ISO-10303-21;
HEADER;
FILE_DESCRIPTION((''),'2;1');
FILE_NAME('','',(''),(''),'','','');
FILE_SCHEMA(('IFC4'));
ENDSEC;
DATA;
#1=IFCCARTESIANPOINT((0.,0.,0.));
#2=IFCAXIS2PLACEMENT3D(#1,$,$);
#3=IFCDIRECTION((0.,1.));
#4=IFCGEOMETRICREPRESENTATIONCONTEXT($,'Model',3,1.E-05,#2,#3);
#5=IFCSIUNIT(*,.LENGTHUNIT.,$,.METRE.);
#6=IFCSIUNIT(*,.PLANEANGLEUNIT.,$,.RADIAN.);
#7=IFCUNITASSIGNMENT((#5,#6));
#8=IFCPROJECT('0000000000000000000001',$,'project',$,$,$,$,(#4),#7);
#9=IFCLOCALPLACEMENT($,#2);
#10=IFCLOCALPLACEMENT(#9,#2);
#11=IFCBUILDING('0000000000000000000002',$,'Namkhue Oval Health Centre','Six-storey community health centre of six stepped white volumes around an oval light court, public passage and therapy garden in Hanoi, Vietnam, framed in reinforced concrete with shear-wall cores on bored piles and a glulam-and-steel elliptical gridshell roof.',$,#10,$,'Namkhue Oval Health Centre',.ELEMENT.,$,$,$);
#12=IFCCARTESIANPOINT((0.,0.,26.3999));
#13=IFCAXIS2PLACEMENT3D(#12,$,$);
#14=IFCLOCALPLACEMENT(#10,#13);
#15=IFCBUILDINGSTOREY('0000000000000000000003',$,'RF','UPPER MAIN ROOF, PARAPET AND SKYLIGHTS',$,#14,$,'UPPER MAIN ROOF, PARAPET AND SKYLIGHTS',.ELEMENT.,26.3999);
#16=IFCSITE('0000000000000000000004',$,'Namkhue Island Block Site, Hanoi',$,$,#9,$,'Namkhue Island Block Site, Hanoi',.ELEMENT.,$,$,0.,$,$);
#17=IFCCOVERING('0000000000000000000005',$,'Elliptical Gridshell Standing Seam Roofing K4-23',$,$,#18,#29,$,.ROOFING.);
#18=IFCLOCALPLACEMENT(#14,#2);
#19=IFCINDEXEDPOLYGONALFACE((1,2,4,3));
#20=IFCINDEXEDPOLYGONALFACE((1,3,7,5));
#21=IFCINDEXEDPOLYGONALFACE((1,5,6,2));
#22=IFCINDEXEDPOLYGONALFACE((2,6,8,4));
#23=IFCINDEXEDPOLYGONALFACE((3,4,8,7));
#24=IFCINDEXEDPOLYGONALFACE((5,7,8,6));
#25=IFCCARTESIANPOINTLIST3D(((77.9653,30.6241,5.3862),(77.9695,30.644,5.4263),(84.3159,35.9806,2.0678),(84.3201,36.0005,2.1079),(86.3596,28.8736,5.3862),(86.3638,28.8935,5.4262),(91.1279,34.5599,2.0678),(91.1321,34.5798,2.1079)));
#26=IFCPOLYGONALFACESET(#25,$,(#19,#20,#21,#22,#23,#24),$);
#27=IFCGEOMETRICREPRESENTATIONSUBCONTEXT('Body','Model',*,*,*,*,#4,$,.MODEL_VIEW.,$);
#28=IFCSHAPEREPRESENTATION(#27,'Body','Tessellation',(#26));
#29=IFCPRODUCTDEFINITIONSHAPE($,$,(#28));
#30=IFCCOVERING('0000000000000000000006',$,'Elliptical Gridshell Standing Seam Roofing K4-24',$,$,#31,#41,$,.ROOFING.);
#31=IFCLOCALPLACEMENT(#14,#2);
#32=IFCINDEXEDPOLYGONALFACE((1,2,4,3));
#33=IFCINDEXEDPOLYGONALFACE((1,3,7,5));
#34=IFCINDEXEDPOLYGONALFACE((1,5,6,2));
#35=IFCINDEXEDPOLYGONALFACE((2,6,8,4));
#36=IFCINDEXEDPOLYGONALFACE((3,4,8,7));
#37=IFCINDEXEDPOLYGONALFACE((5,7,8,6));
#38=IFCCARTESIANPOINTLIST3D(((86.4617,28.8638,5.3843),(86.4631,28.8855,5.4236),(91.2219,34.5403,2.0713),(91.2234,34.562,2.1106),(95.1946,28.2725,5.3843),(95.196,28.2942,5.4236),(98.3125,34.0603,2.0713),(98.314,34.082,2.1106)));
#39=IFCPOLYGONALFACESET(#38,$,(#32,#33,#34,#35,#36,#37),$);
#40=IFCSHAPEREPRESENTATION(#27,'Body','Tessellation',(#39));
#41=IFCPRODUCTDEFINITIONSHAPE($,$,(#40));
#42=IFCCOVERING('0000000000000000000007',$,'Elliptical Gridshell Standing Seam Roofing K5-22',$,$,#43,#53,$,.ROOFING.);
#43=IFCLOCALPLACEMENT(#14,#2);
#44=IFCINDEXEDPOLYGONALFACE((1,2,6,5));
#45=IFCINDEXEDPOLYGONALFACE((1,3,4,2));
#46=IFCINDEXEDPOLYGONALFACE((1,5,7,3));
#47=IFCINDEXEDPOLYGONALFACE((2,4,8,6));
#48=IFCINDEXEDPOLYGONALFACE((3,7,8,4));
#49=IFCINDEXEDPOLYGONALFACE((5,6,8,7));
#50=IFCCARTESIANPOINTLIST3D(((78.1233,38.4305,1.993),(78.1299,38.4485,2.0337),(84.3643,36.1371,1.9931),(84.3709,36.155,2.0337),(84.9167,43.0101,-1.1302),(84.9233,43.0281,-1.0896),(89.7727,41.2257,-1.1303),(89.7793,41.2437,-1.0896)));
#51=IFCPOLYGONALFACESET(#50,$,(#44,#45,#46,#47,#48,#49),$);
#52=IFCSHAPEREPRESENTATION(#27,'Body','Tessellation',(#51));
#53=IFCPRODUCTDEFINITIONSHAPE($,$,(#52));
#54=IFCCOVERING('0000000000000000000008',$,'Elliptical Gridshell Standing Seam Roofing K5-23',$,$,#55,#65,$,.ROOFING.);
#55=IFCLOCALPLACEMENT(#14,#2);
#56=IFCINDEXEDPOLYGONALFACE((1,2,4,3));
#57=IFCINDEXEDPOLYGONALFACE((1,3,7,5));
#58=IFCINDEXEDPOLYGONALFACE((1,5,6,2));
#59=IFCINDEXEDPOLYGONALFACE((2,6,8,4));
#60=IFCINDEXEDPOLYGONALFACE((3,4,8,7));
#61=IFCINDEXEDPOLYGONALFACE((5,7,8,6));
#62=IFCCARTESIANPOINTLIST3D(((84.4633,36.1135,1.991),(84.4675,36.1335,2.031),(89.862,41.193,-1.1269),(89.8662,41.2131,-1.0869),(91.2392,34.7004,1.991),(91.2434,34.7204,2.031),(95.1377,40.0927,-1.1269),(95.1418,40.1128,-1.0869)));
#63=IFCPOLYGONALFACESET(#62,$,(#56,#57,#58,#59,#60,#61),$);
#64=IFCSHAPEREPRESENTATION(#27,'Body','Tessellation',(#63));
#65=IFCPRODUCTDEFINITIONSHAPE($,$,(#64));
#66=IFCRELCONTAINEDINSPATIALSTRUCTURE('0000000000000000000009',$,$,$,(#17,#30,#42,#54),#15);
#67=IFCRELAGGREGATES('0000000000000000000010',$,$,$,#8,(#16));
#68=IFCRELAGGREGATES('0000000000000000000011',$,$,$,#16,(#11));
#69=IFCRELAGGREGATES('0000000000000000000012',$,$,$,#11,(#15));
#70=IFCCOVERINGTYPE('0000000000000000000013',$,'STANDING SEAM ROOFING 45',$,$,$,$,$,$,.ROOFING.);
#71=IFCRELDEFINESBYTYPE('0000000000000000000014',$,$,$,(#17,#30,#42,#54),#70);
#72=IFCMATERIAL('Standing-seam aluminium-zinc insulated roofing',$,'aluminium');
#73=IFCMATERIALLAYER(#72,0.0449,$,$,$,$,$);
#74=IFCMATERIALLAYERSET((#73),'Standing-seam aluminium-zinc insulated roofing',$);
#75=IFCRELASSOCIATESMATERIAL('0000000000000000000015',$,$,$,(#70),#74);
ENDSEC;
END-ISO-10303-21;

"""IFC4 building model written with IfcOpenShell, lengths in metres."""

from ifc_helpers import new_model, si_unit, direction, frame, origin, place, context, subcontext, project, spatial, polyline, outline, extrude, material, layer, layer_set, type_object, element, save


model = new_model("IFC4")

# Units and contexts
model_context = context("Model", 3, precision=1e-05, world=origin(), true_north=direction((0.0, 1.0)))
body_context = subcontext(model_context, "Body", "Model", "MODEL_VIEW")
ifc_project = project(units=[si_unit("LENGTHUNIT", "METRE"), si_unit("PLANEANGLEUNIT", "RADIAN")], contexts=[model_context])

# Site, building, storey
site_placement = place(None, origin())
site = spatial("IfcSite", under=ifc_project, at=site_placement, Name="Namkhue Island Block Site, Hanoi", LongName="Namkhue Island Block Site, Hanoi", CompositionType="ELEMENT", RefElevation=0.0)
building_placement = place(site_placement, origin())
building = spatial("IfcBuilding", under=site, at=building_placement, Name="Namkhue Oval Health Centre", Description="Six-storey community health centre of six stepped white volumes around an oval light court, public passage and therapy garden in Hanoi, Vietnam, framed in reinforced concrete with shear-wall cores on bored piles and a glulam-and-steel elliptical gridshell roof.", LongName="Namkhue Oval Health Centre", CompositionType="ELEMENT")
storey_placement = place(building_placement, frame((0.0, 0.0, 26.3999)))
storey = spatial("IfcBuildingStorey", under=building, at=storey_placement, Name="RF", Description="UPPER MAIN ROOF, PARAPET AND SKYLIGHTS", LongName="UPPER MAIN ROOF, PARAPET AND SKYLIGHTS", CompositionType="ELEMENT", Elevation=26.3999)

# Coverings
ifc_material_1 = material(Name="Standing-seam aluminium-zinc insulated roofing", Category="aluminium")
ifc_layer_1 = layer(ifc_material_1, 0.0449)
ifc_layer_set_1 = layer_set([ifc_layer_1], Name="Standing-seam aluminium-zinc insulated roofing")
covering_type_1 = type_object("IfcCoveringType", Name="STANDING SEAM ROOFING 45", PredefinedType="ROOFING", material=ifc_layer_set_1)
covering_1_placement = place(storey_placement, frame((77.9695, 30.644, 5.4263), z_axis=(0.092373, 0.44295, 0.891775), x_axis=(0.978941, -0.204143, -0.000003)))
element("IfcCovering", 1, at=covering_1_placement, inside=storey, type_object=covering_type_1, Name="Elliptical Gridshell Standing Seam Roofing K4-23", PredefinedType="ROOFING", context=body_context, shape_type="SweptSolid", body=[
    extrude(outline(polyline([(0.0, 0.0), (8.5749, 0.0), (12.082, 7.3336), (5.1234, 7.3338), (0.0, 0.0)])), origin(), (0.0, 0.0, -1.0), 0.0449),
])
covering_2_placement = place(storey_placement, frame((86.4631, 28.8855, 5.4236), z_axis=(0.032713, 0.483184, 0.874907), x_axis=(0.997716, -0.067554, 0.000003)))
element("IfcCovering", 2, at=covering_2_placement, inside=storey, type_object=covering_type_1, Name="Elliptical Gridshell Standing Seam Roofing K4-24", PredefinedType="ROOFING", context=body_context, shape_type="SweptSolid", body=[
    extrude(outline(polyline([(0.0, 0.0), (8.7529, 0.0), (11.4727, 6.841), (4.3659, 6.8409), (0.0, 0.0)])), origin(), (0.0, 0.0, -1.0), 0.0449),
])
covering_3_placement = place(storey_placement, frame((78.1299, 38.4485, 2.0337), z_axis=(0.146781, 0.399428, 0.904938), x_axis=(0.938628, -0.34493, 0.000002)))
element("IfcCovering", 3, at=covering_3_placement, inside=storey, type_object=covering_type_1, Name="Elliptical Gridshell Standing Seam Roofing K5-22", PredefinedType="ROOFING", context=body_context, shape_type="SweptSolid", body=[
    extrude(outline(polyline([(0.0, 0.0), (6.649, 0.0), (9.9703, 7.3396), (4.7969, 7.3395), (0.0, 0.0)])), origin(), (0.0, 0.0, -1.0), 0.0449),
])
covering_4_placement = place(storey_placement, frame((84.4675, 36.1335, 2.031), z_axis=(0.093227, 0.447008, 0.889659), x_axis=(0.978938, -0.204156, -0.000004)))
element("IfcCovering", 4, at=covering_4_placement, inside=storey, type_object=covering_type_1, Name="Elliptical Gridshell Standing Seam Roofing K5-23", PredefinedType="ROOFING", context=body_context, shape_type="SweptSolid", body=[
    extrude(outline(polyline([(0.0, 0.0), (6.9217, 0.0), (9.6371, 6.8281), (4.248, 6.8282), (0.0, 0.0)])), origin(), (0.0, 0.0, -1.0), 0.0449),
])

save(model, "model.ifc")
